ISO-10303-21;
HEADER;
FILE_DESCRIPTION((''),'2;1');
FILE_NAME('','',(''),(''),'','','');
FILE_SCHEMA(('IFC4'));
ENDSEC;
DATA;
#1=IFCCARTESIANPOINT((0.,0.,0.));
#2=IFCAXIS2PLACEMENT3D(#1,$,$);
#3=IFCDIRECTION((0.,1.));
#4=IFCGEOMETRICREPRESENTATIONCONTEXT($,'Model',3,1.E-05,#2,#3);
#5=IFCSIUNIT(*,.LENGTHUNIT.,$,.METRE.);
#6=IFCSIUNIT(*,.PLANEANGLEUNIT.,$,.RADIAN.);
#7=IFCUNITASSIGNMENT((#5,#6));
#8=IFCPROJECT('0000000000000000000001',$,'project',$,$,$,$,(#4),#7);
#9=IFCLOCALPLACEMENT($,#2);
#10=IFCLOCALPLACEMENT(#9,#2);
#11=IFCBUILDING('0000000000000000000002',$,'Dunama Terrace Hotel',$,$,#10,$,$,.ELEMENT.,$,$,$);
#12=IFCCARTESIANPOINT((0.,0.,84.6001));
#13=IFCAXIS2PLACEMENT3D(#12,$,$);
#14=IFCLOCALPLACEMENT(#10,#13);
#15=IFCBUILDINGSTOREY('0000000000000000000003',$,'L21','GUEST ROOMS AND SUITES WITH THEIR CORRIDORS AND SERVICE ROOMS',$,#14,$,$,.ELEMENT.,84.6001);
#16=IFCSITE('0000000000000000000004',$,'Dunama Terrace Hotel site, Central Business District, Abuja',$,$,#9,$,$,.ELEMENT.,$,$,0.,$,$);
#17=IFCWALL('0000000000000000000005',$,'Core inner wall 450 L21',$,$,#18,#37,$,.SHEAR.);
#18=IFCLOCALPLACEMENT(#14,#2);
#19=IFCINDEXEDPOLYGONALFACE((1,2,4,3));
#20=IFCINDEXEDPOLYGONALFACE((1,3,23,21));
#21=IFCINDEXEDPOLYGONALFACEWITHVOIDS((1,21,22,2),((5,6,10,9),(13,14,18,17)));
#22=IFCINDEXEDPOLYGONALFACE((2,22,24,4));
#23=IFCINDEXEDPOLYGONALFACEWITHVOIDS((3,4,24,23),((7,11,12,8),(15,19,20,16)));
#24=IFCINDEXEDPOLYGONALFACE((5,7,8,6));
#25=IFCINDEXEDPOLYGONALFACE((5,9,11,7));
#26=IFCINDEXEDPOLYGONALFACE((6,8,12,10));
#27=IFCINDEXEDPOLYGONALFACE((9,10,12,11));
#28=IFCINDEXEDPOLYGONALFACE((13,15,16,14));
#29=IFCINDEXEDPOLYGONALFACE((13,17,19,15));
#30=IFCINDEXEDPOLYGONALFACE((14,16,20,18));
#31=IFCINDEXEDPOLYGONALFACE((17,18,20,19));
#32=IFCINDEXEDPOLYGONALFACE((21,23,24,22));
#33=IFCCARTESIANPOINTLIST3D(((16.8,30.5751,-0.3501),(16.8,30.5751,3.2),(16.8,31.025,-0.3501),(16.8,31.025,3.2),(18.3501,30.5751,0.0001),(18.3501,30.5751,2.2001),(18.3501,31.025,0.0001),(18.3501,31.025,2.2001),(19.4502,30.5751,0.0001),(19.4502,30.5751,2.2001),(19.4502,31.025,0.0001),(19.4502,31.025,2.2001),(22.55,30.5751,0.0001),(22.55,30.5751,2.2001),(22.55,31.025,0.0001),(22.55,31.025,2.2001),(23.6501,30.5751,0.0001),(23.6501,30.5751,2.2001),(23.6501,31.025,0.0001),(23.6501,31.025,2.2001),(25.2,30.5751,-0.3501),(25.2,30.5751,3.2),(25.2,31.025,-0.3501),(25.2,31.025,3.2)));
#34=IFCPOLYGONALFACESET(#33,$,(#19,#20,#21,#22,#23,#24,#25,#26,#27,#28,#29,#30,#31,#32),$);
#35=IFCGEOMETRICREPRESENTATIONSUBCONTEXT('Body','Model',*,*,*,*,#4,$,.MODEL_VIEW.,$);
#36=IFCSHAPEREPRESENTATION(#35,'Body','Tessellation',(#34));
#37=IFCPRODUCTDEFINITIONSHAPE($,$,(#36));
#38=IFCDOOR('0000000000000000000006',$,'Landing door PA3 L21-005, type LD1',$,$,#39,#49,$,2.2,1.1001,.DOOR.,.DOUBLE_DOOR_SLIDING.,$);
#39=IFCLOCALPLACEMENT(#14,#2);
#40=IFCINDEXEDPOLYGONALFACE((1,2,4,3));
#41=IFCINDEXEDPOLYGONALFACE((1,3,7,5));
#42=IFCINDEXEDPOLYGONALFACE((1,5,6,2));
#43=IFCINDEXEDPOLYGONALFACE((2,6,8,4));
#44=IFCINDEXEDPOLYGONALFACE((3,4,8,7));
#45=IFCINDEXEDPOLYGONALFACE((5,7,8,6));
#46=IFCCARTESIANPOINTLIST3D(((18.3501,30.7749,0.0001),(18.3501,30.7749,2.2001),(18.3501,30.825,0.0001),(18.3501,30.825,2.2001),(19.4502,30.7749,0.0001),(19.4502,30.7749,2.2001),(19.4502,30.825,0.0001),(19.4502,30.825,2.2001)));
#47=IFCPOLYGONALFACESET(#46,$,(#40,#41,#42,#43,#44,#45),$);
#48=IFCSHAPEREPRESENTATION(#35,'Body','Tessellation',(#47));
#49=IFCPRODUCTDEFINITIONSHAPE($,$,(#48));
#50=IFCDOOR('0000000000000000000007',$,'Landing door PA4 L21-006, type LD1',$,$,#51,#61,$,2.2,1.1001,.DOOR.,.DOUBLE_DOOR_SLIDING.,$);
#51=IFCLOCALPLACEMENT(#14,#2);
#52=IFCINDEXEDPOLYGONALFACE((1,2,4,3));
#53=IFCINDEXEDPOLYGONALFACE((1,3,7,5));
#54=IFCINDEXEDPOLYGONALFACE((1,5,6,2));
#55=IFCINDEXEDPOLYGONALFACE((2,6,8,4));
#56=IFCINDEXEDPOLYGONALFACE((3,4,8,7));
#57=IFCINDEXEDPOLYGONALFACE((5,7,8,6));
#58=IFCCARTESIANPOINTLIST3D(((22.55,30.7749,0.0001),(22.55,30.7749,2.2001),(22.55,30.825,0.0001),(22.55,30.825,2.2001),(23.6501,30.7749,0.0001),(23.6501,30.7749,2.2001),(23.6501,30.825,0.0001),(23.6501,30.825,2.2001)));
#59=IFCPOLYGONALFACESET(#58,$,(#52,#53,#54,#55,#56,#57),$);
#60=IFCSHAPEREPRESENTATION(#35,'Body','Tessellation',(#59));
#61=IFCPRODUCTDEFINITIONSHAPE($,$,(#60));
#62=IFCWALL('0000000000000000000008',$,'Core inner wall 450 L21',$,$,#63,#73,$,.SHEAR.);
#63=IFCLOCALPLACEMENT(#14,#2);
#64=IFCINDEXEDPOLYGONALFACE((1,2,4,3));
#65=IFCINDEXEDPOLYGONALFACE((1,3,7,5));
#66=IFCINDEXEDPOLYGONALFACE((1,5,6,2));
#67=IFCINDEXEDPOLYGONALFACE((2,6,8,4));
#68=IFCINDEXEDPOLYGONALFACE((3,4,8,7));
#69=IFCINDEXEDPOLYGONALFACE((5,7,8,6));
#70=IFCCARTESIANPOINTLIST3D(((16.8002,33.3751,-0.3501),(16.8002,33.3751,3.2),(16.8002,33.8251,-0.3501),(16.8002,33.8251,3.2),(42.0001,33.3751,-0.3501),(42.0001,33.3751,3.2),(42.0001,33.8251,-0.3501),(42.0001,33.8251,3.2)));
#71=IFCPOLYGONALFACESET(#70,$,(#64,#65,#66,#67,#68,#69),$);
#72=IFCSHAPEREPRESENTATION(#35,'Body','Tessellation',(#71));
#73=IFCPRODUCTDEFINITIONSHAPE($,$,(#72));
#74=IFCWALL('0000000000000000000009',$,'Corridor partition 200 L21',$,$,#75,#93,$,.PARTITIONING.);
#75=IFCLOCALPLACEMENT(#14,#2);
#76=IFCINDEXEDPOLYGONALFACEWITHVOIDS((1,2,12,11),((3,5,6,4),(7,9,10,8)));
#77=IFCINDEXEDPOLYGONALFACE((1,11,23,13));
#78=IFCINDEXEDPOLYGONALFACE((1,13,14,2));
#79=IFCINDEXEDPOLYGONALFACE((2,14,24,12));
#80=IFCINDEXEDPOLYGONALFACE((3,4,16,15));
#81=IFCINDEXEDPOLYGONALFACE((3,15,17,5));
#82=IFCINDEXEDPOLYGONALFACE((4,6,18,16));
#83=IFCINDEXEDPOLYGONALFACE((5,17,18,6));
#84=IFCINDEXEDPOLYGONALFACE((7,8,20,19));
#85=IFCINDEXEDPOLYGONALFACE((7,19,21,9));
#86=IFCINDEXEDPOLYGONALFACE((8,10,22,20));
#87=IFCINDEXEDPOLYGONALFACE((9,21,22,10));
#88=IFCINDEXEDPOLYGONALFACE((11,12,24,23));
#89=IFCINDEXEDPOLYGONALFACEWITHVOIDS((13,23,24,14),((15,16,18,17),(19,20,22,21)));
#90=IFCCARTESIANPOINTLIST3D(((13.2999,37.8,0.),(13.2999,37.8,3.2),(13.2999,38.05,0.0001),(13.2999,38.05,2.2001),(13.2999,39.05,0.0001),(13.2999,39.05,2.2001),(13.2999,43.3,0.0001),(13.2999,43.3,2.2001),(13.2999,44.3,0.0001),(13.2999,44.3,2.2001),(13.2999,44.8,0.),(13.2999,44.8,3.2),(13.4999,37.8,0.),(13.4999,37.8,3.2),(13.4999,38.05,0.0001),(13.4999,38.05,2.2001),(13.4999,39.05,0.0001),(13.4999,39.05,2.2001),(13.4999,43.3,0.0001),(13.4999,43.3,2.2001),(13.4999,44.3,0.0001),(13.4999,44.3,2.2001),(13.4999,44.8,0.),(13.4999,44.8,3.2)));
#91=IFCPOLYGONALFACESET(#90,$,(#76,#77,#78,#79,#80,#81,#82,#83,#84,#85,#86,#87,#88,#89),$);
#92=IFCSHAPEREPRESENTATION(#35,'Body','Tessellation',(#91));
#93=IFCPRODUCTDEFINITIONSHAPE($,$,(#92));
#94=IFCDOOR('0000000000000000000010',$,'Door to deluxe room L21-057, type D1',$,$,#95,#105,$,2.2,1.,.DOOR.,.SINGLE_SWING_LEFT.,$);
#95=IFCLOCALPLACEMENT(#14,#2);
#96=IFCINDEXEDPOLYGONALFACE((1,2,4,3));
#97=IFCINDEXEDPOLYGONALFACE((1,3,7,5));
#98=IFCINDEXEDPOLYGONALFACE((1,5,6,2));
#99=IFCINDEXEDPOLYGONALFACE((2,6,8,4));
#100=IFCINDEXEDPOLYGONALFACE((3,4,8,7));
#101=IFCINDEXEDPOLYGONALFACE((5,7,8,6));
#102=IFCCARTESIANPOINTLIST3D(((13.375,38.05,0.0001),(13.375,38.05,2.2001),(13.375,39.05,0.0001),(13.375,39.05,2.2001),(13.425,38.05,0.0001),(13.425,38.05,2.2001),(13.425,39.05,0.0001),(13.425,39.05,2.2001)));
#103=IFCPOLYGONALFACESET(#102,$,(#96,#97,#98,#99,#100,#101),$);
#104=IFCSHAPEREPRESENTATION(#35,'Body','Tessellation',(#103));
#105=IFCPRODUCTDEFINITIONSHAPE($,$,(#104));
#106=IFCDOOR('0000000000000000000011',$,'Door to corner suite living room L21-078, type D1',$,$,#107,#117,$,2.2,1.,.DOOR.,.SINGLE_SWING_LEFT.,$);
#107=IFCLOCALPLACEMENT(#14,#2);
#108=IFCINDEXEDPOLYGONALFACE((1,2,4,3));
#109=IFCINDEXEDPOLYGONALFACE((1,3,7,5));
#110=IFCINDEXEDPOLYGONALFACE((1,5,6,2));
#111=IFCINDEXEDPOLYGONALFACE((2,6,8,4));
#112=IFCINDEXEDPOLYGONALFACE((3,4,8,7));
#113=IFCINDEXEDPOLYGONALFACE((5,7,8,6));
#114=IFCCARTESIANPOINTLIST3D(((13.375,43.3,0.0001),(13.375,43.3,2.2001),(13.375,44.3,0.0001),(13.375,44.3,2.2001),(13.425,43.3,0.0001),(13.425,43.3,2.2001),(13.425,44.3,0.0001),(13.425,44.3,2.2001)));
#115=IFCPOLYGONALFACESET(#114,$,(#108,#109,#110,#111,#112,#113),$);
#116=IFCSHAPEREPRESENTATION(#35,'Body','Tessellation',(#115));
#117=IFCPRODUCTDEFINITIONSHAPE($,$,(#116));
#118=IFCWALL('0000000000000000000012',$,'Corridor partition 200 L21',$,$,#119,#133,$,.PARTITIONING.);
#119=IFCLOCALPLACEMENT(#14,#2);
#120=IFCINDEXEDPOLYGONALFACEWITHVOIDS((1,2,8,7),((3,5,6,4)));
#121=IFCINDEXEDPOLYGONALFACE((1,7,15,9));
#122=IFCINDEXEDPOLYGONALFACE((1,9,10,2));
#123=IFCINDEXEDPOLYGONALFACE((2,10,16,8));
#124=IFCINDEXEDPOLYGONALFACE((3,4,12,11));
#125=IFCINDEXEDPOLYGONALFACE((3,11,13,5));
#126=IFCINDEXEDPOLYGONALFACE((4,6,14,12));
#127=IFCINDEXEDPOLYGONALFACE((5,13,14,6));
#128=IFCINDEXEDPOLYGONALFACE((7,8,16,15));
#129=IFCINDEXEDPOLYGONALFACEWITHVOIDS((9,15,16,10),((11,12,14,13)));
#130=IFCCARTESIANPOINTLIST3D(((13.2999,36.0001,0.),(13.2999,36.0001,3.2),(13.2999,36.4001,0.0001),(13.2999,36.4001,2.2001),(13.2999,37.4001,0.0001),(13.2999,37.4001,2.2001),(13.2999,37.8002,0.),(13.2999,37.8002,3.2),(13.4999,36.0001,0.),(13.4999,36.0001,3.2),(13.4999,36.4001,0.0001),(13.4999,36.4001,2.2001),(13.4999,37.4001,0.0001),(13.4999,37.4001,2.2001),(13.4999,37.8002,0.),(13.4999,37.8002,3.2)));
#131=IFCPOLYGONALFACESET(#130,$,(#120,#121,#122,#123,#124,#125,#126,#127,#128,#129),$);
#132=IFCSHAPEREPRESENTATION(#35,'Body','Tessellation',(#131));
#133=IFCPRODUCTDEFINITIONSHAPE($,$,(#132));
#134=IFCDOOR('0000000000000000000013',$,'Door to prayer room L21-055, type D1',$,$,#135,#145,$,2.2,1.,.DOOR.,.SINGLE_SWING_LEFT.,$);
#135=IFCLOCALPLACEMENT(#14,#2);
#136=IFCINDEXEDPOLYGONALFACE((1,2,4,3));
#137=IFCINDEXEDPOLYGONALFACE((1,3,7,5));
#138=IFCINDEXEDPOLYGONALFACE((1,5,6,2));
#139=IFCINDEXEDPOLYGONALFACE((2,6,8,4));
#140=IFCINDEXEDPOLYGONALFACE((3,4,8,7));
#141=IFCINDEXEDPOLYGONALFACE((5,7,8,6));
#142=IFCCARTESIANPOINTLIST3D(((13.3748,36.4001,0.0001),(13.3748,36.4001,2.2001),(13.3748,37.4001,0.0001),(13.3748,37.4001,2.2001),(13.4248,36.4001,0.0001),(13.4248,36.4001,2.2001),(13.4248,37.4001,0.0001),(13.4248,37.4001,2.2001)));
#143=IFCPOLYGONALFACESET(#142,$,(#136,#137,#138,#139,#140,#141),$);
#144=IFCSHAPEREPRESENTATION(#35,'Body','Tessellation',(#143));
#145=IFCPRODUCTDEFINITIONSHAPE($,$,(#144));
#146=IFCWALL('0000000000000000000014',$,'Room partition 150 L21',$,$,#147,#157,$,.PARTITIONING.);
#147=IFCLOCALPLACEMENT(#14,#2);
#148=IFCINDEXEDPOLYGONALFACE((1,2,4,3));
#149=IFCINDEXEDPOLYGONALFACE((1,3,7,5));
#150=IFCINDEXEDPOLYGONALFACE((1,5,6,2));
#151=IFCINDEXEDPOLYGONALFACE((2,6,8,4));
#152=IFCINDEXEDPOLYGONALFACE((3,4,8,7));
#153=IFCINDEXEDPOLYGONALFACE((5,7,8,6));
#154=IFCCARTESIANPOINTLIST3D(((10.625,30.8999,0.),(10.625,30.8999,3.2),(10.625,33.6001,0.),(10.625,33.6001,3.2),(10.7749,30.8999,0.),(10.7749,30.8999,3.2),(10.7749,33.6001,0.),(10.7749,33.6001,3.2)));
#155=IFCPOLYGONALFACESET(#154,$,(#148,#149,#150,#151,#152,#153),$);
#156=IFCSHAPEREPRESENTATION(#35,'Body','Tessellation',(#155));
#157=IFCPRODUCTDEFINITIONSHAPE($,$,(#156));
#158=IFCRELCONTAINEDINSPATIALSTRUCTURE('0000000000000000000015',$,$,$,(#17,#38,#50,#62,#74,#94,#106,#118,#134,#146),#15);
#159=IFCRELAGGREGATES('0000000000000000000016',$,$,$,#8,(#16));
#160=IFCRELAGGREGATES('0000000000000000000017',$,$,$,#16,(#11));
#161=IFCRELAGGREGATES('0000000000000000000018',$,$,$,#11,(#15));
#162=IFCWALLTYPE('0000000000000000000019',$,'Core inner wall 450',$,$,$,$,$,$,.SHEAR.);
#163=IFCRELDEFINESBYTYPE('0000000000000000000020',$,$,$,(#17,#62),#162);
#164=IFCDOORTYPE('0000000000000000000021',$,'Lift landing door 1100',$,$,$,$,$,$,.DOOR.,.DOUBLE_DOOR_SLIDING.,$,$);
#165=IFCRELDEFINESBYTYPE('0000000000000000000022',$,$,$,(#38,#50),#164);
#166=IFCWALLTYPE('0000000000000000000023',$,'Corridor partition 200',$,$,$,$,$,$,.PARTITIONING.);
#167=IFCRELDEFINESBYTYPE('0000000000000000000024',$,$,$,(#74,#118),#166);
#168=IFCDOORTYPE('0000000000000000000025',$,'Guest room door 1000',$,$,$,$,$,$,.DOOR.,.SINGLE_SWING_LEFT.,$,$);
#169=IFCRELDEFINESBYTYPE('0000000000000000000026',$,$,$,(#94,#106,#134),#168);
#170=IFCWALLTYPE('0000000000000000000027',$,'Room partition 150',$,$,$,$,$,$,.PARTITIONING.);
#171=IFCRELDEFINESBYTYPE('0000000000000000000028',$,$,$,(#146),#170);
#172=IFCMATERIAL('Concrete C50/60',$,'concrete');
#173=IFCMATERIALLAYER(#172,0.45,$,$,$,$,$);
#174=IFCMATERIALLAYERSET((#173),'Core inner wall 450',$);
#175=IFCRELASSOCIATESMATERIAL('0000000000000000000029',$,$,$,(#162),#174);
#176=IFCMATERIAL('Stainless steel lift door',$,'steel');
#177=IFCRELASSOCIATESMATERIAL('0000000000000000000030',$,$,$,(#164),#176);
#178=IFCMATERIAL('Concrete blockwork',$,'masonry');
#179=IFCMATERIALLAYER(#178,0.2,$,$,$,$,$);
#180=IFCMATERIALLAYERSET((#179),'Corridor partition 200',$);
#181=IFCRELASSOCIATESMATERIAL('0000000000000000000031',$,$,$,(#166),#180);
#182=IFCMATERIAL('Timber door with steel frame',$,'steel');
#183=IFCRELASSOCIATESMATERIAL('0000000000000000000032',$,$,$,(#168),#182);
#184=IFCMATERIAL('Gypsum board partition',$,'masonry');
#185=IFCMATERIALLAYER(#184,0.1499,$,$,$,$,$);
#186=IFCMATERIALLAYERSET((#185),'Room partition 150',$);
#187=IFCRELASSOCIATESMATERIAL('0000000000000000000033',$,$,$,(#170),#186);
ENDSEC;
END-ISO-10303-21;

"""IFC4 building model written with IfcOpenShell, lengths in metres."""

from ifc_helpers import new_model, si_unit, direction, frame, frame_2d, origin, place, context, subcontext, project, spatial, rectangle, extrude, material, layer, layer_set, type_object, element, fill, save


model = new_model("IFC4")

# Units and contexts
model_context = context("Model", 3, precision=1e-05, world=origin(), true_north=direction((0.0, 1.0)))
body_context = subcontext(model_context, "Body", "Model", "MODEL_VIEW")
ifc_project = project(units=[si_unit("LENGTHUNIT", "METRE"), si_unit("PLANEANGLEUNIT", "RADIAN")], contexts=[model_context])

# Site, building, storey
site_placement = place(None, origin())
site = spatial("IfcSite", under=ifc_project, at=site_placement, Name="Dunama Terrace Hotel site, Central Business District, Abuja", CompositionType="ELEMENT", RefElevation=0.0)
building_placement = place(site_placement, origin())
building = spatial("IfcBuilding", under=site, at=building_placement, Name="Dunama Terrace Hotel", CompositionType="ELEMENT")
storey_placement = place(building_placement, frame((0.0, 0.0, 84.6001)))
storey = spatial("IfcBuildingStorey", under=building, at=storey_placement, Name="L21", Description="GUEST ROOMS AND SUITES WITH THEIR CORRIDORS AND SERVICE ROOMS", CompositionType="ELEMENT", Elevation=84.6001)

# Shared definitions
ifc_material_1 = material(Name="Concrete C50/60", Category="concrete")
ifc_layer_1 = layer(ifc_material_1, 0.45)
ifc_layer_set_1 = layer_set([ifc_layer_1], Name="Core inner wall 450")
wall_type_1 = type_object("IfcWallType", Name="Core inner wall 450", PredefinedType="SHEAR", material=ifc_layer_set_1)

# Wall, openings, doors
ifc_material_2 = material(Name="Stainless steel lift door", Category="steel")
door_type_1 = type_object("IfcDoorType", Name="Lift landing door 1100", OperationType="DOUBLE_DOOR_SLIDING", PredefinedType="DOOR", material=ifc_material_2)
wall_1_placement = place(storey_placement, frame((16.8, 30.8, -0.3501), z_axis=(0.0, 0.0, 1.0), x_axis=(1.0, 0.0, 0.0)))
wall_1 = element("IfcWall", 1, at=wall_1_placement, inside=storey, type_object=wall_type_1, Name="Core inner wall 450 L21", PredefinedType="SHEAR", context=body_context, shape_type="SweptSolid", body=[
    extrude(rectangle(XDim=8.3999, YDim=0.45, at=frame_2d((4.2, 0.0))), origin(), (0.0, 0.0, 1.0), 3.55),
])
opening_1_placement = place(wall_1_placement, frame((1.55, 0.0, 0.3501)))
opening_1 = element("IfcOpeningElement", 2, at=opening_1_placement, cuts=wall_1, PredefinedType="OPENING", context=body_context, shape_type="SweptSolid", body=[
    extrude(rectangle(XDim=1.1001, YDim=2.2, at=frame_2d((0.55, 1.1001))), frame((0.0, 0.2349, 0.0), z_axis=(0.0, -1.0, 0.0), x_axis=(1.0, 0.0, 0.0)), (0.0, 0.0, 1.0), 0.47),
])
opening_2_placement = place(wall_1_placement, frame((5.75, 0.0, 0.3501)))
opening_2 = element("IfcOpeningElement", 3, at=opening_2_placement, cuts=wall_1, PredefinedType="OPENING", context=body_context, shape_type="SweptSolid", body=[
    extrude(rectangle(XDim=1.1001, YDim=2.2, at=frame_2d((0.55, 1.1001))), frame((0.0, 0.2349, 0.0), z_axis=(0.0, -1.0, 0.0), x_axis=(1.0, 0.0, 0.0)), (0.0, 0.0, 1.0), 0.47),
])
door_1_placement = place(opening_1_placement, origin())
door_1 = element("IfcDoor", 4, at=door_1_placement, inside=storey, type_object=door_type_1, Name="Landing door PA3 L21-005, type LD1", OperationType="DOUBLE_DOOR_SLIDING", OverallHeight=2.2, OverallWidth=1.1001, PredefinedType="DOOR", context=body_context, shape_type="SweptSolid", body=[
    extrude(rectangle(XDim=1.1001, YDim=2.2, at=frame_2d((0.55, 1.1001))), frame((0.0, 0.0249, 0.0), z_axis=(0.0, -1.0, 0.0), x_axis=(1.0, 0.0, 0.0)), (0.0, 0.0, 1.0), 0.05),
])
fill(opening_1, door_1)
door_2_placement = place(opening_2_placement, origin())
door_2 = element("IfcDoor", 5, at=door_2_placement, inside=storey, type_object=door_type_1, Name="Landing door PA4 L21-006, type LD1", OperationType="DOUBLE_DOOR_SLIDING", OverallHeight=2.2, OverallWidth=1.1001, PredefinedType="DOOR", context=body_context, shape_type="SweptSolid", body=[
    extrude(rectangle(XDim=1.1001, YDim=2.2, at=frame_2d((0.55, 1.1001))), frame((0.0, 0.0249, 0.0), z_axis=(0.0, -1.0, 0.0), x_axis=(1.0, 0.0, 0.0)), (0.0, 0.0, 1.0), 0.05),
])
fill(opening_2, door_2)

# Wall
wall_2_placement = place(storey_placement, frame((16.8, 33.6001, -0.3501), z_axis=(0.0, 0.0, 1.0), x_axis=(1.0, 0.0, 0.0)))
element("IfcWall", 6, at=wall_2_placement, inside=storey, type_object=wall_type_1, Name="Core inner wall 450 L21", PredefinedType="SHEAR", context=body_context, shape_type="SweptSolid", body=[
    extrude(rectangle(XDim=25.2, YDim=0.45, at=frame_2d((12.6001, 0.0))), origin(), (0.0, 0.0, 1.0), 3.55),
])

# Wall, openings, doors
ifc_material_3 = material(Name="Concrete blockwork", Category="masonry")
ifc_layer_2 = layer(ifc_material_3, 0.2)
ifc_layer_set_2 = layer_set([ifc_layer_2], Name="Corridor partition 200")
wall_type_2 = type_object("IfcWallType", Name="Corridor partition 200", PredefinedType="PARTITIONING", material=ifc_layer_set_2)
wall_3_placement = place(storey_placement, frame((13.3999, 37.8, 0.0), z_axis=(0.0, 0.0, 1.0), x_axis=(0.0, 1.0, 0.0)))
wall_3 = element("IfcWall", 7, at=wall_3_placement, inside=storey, type_object=wall_type_2, Name="Corridor partition 200 L21", PredefinedType="PARTITIONING", context=body_context, shape_type="SweptSolid", body=[
    extrude(rectangle(XDim=7.0, YDim=0.2, at=frame_2d((3.5, 0.0))), origin(), (0.0, 0.0, 1.0), 3.2),
])
opening_3_placement = place(wall_3_placement, frame((0.25, 0.0, 0.0)))
opening_3 = element("IfcOpeningElement", 8, at=opening_3_placement, cuts=wall_3, PredefinedType="OPENING", context=body_context, shape_type="SweptSolid", body=[
    extrude(rectangle(XDim=1.0, YDim=2.2, at=frame_2d((0.5, 1.1001))), frame((0.0, 0.1099, 0.0), z_axis=(0.0, -1.0, 0.0), x_axis=(1.0, 0.0, 0.0)), (0.0, 0.0, 1.0), 0.22),
])
opening_4_placement = place(wall_3_placement, frame((5.5, 0.0, 0.0)))
opening_4 = element("IfcOpeningElement", 9, at=opening_4_placement, cuts=wall_3, PredefinedType="OPENING", context=body_context, shape_type="SweptSolid", body=[
    extrude(rectangle(XDim=1.0, YDim=2.2, at=frame_2d((0.5, 1.1001))), frame((0.0, 0.1099, 0.0), z_axis=(0.0, -1.0, 0.0), x_axis=(1.0, 0.0, 0.0)), (0.0, 0.0, 1.0), 0.22),
])
ifc_material_4 = material(Name="Timber door with steel frame", Category="steel")
door_type_2 = type_object("IfcDoorType", Name="Guest room door 1000", OperationType="SINGLE_SWING_LEFT", PredefinedType="DOOR", material=ifc_material_4)
door_3_placement = place(opening_3_placement, origin())
door_3 = element("IfcDoor", 10, at=door_3_placement, inside=storey, type_object=door_type_2, Name="Door to deluxe room L21-057, type D1", OperationType="SINGLE_SWING_LEFT", OverallHeight=2.2, OverallWidth=1.0, PredefinedType="DOOR", context=body_context, shape_type="SweptSolid", body=[
    extrude(rectangle(XDim=1.0, YDim=2.2, at=frame_2d((0.5, 1.1001))), frame((0.0, 0.0249, 0.0), z_axis=(0.0, -1.0, 0.0), x_axis=(1.0, 0.0, 0.0)), (0.0, 0.0, 1.0), 0.05),
])
fill(opening_3, door_3)
door_4_placement = place(opening_4_placement, origin())
door_4 = element("IfcDoor", 11, at=door_4_placement, inside=storey, type_object=door_type_2, Name="Door to corner suite living room L21-078, type D1", OperationType="SINGLE_SWING_LEFT", OverallHeight=2.2, OverallWidth=1.0, PredefinedType="DOOR", context=body_context, shape_type="SweptSolid", body=[
    extrude(rectangle(XDim=1.0, YDim=2.2, at=frame_2d((0.5, 1.1001))), frame((0.0, 0.0249, 0.0), z_axis=(0.0, -1.0, 0.0), x_axis=(1.0, 0.0, 0.0)), (0.0, 0.0, 1.0), 0.05),
])
fill(opening_4, door_4)

# Wall, opening, door
wall_4_placement = place(storey_placement, frame((13.3999, 37.8, 0.0), z_axis=(0.0, 0.0, 1.0), x_axis=(0.0, -1.0, 0.0)))
wall_4 = element("IfcWall", 12, at=wall_4_placement, inside=storey, type_object=wall_type_2, Name="Corridor partition 200 L21", PredefinedType="PARTITIONING", context=body_context, shape_type="SweptSolid", body=[
    extrude(rectangle(XDim=1.8, YDim=0.2, at=frame_2d((0.8999, 0.0))), origin(), (0.0, 0.0, 1.0), 3.2),
])
opening_5_placement = place(wall_4_placement, frame((0.3999, 0.0, 0.0)))
opening_5 = element("IfcOpeningElement", 13, at=opening_5_placement, cuts=wall_4, PredefinedType="OPENING", context=body_context, shape_type="SweptSolid", body=[
    extrude(rectangle(XDim=1.0, YDim=2.2, at=frame_2d((0.5, 1.1001))), frame((0.0, 0.1099, 0.0), z_axis=(0.0, -1.0, 0.0), x_axis=(1.0, 0.0, 0.0)), (0.0, 0.0, 1.0), 0.22),
])
door_5_placement = place(opening_5_placement, origin())
door_5 = element("IfcDoor", 14, at=door_5_placement, inside=storey, type_object=door_type_2, Name="Door to prayer room L21-055, type D1", OperationType="SINGLE_SWING_LEFT", OverallHeight=2.2, OverallWidth=1.0, PredefinedType="DOOR", context=body_context, shape_type="SweptSolid", body=[
    extrude(rectangle(XDim=1.0, YDim=2.2, at=frame_2d((0.5, 1.1001))), frame((0.0, 0.0249, 0.0), z_axis=(0.0, -1.0, 0.0), x_axis=(1.0, 0.0, 0.0)), (0.0, 0.0, 1.0), 0.05),
])
fill(opening_5, door_5)

# Wall
ifc_material_5 = material(Name="Gypsum board partition", Category="masonry")
ifc_layer_3 = layer(ifc_material_5, 0.1499)
ifc_layer_set_3 = layer_set([ifc_layer_3], Name="Room partition 150")
wall_type_3 = type_object("IfcWallType", Name="Room partition 150", PredefinedType="PARTITIONING", material=ifc_layer_set_3)
wall_5_placement = place(storey_placement, frame((10.7, 30.8999, 0.0), z_axis=(0.0, 0.0, 1.0), x_axis=(0.0, 1.0, 0.0)))
element("IfcWall", 15, at=wall_5_placement, inside=storey, type_object=wall_type_3, Name="Room partition 150 L21", PredefinedType="PARTITIONING", context=body_context, shape_type="SweptSolid", body=[
    extrude(rectangle(XDim=2.7002, YDim=0.1499, at=frame_2d((1.3501, 0.0))), origin(), (0.0, 0.0, 1.0), 3.2),
])

save(model, "model.ifc")
